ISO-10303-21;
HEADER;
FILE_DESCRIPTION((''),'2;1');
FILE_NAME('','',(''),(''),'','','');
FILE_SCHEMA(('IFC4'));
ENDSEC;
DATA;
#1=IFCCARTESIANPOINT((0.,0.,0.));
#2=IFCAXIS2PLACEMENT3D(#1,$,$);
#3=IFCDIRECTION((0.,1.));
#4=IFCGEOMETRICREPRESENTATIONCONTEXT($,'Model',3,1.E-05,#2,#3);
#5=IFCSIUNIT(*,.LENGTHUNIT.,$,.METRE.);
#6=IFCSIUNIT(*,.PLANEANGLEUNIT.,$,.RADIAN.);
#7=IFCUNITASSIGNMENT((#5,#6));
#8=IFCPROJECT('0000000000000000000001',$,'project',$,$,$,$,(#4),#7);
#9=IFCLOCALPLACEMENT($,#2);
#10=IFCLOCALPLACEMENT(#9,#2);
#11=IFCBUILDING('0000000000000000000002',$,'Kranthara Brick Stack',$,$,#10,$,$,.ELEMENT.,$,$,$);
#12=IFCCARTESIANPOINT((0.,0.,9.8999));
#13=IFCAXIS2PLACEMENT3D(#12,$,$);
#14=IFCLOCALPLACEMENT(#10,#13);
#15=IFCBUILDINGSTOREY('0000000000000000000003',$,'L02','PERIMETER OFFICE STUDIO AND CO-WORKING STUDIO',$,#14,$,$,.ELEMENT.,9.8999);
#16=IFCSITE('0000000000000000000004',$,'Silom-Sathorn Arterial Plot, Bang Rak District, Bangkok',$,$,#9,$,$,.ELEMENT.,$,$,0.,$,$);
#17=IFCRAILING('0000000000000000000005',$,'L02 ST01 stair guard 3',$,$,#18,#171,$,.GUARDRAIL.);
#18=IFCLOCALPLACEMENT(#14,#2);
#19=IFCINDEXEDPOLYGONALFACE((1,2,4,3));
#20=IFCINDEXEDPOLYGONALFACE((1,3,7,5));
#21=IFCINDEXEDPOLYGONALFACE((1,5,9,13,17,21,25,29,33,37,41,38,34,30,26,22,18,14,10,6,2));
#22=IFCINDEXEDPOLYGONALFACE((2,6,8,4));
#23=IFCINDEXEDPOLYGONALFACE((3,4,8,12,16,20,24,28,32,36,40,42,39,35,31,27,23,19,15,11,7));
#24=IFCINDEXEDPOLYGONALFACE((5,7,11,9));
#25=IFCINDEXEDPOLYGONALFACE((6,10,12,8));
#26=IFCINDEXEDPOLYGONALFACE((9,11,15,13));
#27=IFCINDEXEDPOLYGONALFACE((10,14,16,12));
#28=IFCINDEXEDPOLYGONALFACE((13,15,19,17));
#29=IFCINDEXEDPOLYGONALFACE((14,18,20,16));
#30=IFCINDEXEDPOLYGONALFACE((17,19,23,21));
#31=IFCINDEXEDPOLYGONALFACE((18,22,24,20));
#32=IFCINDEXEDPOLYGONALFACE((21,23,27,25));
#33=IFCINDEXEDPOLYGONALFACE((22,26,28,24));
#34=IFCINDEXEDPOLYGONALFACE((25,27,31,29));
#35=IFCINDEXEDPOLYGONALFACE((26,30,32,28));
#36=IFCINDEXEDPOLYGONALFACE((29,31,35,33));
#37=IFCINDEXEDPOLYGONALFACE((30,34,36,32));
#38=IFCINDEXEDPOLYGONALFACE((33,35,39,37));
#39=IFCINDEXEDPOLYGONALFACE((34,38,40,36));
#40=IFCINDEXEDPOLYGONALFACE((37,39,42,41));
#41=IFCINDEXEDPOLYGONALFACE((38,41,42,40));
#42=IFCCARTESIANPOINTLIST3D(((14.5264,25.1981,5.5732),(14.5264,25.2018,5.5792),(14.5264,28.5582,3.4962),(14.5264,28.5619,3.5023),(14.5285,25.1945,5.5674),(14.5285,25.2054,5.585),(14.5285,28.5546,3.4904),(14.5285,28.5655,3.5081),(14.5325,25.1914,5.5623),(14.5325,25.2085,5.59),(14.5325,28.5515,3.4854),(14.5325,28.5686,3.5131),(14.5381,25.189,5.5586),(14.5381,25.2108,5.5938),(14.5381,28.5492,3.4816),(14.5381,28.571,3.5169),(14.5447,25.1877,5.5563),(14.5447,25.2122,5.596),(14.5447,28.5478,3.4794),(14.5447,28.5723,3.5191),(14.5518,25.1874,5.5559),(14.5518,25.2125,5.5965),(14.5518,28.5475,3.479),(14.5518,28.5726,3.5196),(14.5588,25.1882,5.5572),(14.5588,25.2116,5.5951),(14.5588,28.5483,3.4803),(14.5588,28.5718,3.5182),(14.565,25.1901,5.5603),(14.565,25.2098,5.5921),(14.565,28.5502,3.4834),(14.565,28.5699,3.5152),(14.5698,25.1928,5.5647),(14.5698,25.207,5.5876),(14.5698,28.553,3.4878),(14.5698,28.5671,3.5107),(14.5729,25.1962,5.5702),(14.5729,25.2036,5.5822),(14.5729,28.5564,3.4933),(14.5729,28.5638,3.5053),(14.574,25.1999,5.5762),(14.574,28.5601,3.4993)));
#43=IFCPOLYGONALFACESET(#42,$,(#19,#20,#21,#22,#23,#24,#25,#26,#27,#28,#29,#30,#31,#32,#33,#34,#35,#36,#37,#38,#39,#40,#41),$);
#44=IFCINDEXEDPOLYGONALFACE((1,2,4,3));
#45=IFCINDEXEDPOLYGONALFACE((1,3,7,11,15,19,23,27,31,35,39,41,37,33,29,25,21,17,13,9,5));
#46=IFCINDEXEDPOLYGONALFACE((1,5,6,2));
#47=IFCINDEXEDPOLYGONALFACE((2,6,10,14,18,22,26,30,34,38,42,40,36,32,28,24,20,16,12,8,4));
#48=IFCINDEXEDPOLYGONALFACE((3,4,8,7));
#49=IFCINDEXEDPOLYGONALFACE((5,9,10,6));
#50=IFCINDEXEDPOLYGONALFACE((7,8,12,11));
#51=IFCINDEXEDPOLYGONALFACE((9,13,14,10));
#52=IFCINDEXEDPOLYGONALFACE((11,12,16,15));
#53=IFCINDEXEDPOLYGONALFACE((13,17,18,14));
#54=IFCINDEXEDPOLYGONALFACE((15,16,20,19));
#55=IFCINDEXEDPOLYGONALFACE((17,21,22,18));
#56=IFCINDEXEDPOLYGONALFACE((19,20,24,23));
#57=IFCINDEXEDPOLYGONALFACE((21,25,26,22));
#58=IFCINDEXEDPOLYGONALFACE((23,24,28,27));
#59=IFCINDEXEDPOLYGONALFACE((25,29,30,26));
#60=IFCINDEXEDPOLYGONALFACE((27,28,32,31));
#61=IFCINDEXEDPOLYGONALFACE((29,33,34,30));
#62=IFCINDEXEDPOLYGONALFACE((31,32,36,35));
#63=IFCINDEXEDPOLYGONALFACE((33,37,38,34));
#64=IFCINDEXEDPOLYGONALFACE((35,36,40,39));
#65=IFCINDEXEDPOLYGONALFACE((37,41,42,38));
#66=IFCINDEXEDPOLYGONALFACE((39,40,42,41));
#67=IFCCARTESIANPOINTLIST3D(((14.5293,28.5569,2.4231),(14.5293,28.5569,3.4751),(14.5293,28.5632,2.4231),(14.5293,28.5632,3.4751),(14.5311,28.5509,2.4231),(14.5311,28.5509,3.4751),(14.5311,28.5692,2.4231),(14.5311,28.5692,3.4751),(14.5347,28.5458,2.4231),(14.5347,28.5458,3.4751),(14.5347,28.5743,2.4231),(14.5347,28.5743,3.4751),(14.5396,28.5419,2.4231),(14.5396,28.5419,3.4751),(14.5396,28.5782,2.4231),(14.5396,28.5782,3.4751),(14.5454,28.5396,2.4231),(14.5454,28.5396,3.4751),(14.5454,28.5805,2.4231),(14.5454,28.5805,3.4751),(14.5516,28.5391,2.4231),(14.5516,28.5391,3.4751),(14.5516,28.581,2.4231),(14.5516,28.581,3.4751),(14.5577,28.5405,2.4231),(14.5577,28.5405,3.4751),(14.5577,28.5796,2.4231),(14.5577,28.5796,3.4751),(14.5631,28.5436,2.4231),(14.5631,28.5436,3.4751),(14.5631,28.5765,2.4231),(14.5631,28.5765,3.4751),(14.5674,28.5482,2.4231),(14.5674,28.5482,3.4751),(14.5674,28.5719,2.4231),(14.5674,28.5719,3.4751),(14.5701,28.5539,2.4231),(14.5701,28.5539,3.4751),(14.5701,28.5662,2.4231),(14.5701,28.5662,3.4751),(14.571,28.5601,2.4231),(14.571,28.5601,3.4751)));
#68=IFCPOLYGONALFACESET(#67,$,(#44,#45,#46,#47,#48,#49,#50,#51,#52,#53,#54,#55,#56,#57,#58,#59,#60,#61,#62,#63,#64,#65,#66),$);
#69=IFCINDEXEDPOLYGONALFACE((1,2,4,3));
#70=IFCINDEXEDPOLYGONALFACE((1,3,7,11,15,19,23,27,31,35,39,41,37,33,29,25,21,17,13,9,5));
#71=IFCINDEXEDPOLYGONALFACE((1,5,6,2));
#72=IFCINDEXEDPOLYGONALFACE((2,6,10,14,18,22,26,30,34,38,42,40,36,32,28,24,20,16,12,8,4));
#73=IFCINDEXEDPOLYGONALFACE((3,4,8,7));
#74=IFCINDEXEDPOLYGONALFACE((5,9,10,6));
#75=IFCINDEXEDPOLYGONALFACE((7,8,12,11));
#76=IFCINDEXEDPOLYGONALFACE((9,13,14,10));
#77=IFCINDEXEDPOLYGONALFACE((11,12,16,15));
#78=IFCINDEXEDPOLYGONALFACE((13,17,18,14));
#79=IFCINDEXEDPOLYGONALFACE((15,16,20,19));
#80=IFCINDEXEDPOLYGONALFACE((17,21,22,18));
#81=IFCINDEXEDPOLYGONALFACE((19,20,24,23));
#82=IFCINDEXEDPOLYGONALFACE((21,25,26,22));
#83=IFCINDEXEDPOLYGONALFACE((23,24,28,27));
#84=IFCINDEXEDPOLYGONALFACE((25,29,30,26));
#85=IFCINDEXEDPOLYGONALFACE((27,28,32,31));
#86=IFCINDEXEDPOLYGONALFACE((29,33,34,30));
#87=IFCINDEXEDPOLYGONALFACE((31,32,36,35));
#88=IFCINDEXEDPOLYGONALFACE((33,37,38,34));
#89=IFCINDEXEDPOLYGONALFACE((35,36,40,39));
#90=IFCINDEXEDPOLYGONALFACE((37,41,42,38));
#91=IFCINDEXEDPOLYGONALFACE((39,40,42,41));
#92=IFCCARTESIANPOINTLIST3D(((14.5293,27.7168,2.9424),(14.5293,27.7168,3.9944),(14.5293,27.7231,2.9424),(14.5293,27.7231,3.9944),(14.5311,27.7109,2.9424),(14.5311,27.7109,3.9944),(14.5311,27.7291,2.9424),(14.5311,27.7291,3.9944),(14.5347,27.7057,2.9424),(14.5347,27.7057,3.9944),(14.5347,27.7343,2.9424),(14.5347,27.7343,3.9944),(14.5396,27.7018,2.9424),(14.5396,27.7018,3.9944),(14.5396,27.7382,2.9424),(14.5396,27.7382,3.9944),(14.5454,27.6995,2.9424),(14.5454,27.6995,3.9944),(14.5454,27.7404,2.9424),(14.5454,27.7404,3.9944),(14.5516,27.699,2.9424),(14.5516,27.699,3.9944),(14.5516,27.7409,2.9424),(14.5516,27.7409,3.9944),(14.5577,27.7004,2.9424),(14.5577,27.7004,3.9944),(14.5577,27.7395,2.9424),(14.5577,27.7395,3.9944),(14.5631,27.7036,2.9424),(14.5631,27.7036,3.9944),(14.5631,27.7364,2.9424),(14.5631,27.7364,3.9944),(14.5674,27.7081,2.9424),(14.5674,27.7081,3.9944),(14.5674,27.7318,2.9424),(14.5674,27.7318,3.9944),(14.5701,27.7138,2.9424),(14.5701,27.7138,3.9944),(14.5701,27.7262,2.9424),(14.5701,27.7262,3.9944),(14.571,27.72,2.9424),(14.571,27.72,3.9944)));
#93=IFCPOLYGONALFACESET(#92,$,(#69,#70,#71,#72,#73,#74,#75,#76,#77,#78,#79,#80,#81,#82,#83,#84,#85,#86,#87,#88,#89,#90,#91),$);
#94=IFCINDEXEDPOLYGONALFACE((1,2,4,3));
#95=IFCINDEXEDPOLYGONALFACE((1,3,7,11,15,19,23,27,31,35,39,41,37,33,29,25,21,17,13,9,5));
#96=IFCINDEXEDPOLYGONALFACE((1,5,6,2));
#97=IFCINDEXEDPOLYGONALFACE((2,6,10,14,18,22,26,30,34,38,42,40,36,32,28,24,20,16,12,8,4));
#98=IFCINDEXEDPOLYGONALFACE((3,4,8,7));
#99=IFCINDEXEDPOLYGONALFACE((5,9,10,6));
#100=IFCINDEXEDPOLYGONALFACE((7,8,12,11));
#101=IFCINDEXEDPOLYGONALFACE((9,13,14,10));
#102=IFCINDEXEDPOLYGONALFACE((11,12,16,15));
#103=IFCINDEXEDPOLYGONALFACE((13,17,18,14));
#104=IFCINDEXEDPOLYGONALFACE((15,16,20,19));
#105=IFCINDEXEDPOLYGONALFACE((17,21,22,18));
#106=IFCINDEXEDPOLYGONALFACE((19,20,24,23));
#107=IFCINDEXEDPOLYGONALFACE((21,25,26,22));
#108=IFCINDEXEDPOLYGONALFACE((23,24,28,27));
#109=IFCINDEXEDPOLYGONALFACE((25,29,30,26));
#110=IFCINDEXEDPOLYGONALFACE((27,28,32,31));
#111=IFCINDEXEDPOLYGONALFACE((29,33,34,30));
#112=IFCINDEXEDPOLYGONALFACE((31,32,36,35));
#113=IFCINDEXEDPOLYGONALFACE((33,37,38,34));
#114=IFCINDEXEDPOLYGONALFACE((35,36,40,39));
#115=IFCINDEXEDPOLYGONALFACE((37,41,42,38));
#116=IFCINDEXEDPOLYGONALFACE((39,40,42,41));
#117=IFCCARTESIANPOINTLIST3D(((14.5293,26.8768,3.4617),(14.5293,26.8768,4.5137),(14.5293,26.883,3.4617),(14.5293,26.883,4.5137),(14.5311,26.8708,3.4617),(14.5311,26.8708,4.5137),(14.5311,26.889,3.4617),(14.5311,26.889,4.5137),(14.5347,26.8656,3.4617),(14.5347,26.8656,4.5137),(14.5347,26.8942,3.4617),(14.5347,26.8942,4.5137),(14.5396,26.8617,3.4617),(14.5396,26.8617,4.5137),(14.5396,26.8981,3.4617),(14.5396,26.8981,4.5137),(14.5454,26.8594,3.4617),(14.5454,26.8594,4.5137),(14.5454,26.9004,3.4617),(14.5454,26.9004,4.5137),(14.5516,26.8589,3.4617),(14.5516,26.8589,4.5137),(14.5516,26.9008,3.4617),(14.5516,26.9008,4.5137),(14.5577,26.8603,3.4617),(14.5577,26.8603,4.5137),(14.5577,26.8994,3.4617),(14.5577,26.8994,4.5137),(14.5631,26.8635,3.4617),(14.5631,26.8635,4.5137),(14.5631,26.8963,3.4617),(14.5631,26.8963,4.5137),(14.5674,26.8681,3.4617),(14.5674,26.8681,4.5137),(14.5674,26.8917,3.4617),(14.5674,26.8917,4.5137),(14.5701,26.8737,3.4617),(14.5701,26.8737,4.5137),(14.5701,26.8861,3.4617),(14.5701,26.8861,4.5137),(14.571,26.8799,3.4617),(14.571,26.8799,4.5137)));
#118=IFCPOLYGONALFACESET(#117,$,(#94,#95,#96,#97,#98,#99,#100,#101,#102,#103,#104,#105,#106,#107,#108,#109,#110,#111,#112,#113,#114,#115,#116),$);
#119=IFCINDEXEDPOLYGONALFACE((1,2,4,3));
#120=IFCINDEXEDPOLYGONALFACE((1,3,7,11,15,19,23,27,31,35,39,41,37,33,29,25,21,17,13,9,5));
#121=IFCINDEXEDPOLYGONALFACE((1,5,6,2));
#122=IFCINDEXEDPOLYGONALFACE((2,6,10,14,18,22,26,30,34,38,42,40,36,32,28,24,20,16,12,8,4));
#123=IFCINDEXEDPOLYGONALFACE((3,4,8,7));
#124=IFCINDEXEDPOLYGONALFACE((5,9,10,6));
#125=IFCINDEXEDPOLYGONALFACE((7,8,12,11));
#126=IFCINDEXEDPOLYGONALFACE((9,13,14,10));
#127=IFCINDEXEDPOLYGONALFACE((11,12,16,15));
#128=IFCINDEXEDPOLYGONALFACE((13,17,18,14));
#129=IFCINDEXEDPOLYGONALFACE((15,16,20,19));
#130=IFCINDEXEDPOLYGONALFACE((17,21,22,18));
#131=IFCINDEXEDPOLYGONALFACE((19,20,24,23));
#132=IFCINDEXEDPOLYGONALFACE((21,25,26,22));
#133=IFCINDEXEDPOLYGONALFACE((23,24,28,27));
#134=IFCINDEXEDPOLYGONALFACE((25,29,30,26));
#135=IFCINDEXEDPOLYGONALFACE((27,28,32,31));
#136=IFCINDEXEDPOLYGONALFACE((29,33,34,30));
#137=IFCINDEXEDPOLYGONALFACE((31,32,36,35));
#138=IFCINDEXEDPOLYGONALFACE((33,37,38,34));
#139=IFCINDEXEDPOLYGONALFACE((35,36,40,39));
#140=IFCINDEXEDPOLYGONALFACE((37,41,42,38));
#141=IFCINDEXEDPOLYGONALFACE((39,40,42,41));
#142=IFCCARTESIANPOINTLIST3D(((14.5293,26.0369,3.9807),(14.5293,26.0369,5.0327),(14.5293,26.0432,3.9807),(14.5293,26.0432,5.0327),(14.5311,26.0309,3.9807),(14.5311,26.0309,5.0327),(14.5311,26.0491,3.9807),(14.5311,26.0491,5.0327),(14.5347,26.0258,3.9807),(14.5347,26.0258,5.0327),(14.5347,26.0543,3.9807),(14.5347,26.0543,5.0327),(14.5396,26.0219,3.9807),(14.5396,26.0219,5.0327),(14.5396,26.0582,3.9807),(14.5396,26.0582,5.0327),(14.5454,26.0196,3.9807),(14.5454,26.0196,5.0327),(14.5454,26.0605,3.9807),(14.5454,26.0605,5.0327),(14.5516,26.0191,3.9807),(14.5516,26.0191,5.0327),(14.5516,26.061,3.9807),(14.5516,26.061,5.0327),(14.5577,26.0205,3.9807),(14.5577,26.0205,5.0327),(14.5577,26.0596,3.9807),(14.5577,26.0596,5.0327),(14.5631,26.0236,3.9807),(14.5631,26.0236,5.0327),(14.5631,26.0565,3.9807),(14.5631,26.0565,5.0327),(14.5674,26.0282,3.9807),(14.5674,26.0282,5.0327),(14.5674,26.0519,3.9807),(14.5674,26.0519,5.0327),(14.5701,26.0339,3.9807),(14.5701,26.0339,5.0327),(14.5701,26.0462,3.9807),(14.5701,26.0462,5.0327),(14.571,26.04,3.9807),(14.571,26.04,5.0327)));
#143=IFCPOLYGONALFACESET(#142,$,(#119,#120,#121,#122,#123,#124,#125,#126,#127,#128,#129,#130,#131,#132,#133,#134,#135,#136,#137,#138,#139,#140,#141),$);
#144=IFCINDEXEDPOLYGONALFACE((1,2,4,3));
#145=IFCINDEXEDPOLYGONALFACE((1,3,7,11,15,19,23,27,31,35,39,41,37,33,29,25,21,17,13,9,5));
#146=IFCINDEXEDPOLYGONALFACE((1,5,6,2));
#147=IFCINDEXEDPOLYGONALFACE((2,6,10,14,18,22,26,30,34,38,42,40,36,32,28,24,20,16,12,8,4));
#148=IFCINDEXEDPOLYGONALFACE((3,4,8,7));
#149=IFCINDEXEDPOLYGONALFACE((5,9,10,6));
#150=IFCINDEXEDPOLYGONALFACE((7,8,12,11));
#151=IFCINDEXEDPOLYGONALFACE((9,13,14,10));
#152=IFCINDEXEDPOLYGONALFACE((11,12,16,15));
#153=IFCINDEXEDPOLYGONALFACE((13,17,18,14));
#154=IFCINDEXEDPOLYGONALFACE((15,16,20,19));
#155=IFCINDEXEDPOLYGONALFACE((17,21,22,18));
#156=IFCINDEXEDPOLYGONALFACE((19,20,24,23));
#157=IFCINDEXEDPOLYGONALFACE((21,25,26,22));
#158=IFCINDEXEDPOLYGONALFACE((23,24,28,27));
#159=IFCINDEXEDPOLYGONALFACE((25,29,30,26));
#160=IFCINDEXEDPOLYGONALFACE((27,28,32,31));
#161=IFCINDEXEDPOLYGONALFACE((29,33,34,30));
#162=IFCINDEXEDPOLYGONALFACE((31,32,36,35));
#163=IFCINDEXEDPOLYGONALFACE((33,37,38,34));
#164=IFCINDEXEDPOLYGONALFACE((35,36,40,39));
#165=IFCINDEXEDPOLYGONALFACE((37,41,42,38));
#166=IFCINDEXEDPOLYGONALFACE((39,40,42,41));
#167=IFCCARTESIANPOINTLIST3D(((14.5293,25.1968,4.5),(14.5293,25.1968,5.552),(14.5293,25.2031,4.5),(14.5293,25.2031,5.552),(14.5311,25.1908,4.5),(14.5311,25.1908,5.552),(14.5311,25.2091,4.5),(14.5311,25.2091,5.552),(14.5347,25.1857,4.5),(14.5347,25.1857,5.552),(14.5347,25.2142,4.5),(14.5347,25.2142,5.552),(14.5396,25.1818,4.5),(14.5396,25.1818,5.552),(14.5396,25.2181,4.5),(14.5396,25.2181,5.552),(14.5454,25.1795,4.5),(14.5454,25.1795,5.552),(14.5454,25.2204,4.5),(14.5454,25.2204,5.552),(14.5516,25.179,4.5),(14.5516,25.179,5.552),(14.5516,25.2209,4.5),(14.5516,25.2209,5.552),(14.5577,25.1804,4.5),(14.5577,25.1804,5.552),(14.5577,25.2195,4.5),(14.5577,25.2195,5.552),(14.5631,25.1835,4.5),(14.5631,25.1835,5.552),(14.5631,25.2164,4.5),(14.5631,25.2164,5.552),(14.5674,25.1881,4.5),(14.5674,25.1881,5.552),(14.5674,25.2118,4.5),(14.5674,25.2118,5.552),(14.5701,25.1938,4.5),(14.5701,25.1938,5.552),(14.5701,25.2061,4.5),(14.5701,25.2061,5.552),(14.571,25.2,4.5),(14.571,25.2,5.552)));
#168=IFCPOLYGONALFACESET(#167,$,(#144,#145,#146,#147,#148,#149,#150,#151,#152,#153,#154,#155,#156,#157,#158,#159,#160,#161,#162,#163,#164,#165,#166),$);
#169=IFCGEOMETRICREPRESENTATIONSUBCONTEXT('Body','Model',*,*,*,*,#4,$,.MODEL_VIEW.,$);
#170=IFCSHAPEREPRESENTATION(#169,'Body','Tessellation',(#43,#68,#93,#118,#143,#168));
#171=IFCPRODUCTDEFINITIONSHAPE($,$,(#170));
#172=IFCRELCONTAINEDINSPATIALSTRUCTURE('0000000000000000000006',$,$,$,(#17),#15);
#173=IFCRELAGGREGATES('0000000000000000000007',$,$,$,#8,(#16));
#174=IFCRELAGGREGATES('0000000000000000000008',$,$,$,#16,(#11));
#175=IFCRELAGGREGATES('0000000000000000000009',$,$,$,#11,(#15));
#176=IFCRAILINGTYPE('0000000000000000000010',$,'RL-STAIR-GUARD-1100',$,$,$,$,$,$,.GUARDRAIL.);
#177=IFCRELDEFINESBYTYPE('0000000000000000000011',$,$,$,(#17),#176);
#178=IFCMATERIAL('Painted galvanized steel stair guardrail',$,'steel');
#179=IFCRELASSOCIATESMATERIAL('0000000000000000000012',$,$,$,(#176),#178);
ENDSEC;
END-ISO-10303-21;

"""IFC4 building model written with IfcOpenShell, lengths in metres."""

from ifc_helpers import new_model, si_unit, direction, frame, origin, origin_2d, place, context, subcontext, project, spatial, circle, extrude, material, type_object, element, save


model = new_model("IFC4")

# Units and contexts
model_context = context("Model", 3, precision=1e-05, world=origin(), true_north=direction((0.0, 1.0)))
body_context = subcontext(model_context, "Body", "Model", "MODEL_VIEW")
ifc_project = project(units=[si_unit("LENGTHUNIT", "METRE"), si_unit("PLANEANGLEUNIT", "RADIAN")], contexts=[model_context])

# Site, building, storey
site_placement = place(None, origin())
site = spatial("IfcSite", under=ifc_project, at=site_placement, Name="Silom-Sathorn Arterial Plot, Bang Rak District, Bangkok", CompositionType="ELEMENT", RefElevation=0.0)
building_placement = place(site_placement, origin())
building = spatial("IfcBuilding", under=site, at=building_placement, Name="Kranthara Brick Stack", CompositionType="ELEMENT")
storey_placement = place(building_placement, frame((0.0, 0.0, 9.8999)))
storey = spatial("IfcBuildingStorey", under=building, at=storey_placement, Name="L02", Description="PERIMETER OFFICE STUDIO AND CO-WORKING STUDIO", CompositionType="ELEMENT", Elevation=9.8999)

# Railing
ifc_material_1 = material(Name="Painted galvanized steel stair guardrail", Category="steel")
railing_type_1 = type_object("IfcRailingType", Name="RL-STAIR-GUARD-1100", PredefinedType="GUARDRAIL", material=ifc_material_1)
railing_1_placement = place(storey_placement, frame((14.55, 28.5601, 2.4231)))
element("IfcRailing", 1, at=railing_1_placement, inside=storey, type_object=railing_type_1, Name="L02 ST01 stair guard 3", PredefinedType="GUARDRAIL", context=body_context, shape_type="SweptSolid", body=[
    extrude(circle(Radius=0.0239, at=origin_2d()), frame((0.0, 0.0, 1.0762), z_axis=(0.0, -0.850623, 0.525776), x_axis=(1.0, 0.0, 0.0)), (0.0, 0.0, 1.0), 3.9502),
    extrude(circle(Radius=0.021, at=origin_2d()), origin(), (0.0, 0.0, 1.0), 1.052),
    extrude(circle(Radius=0.021, at=origin_2d()), frame((0.0, -0.8401, 0.5193)), (0.0, 0.0, 1.0), 1.052),
    extrude(circle(Radius=0.021, at=origin_2d()), frame((0.0, -1.6802, 1.0386)), (0.0, 0.0, 1.0), 1.052),
    extrude(circle(Radius=0.021, at=origin_2d()), frame((0.0, -2.52, 1.5576)), (0.0, 0.0, 1.0), 1.052),
    extrude(circle(Radius=0.021, at=origin_2d()), frame((0.0, -3.3601, 2.0769)), (0.0, 0.0, 1.0), 1.052),
])

save(model, "model.ifc")
